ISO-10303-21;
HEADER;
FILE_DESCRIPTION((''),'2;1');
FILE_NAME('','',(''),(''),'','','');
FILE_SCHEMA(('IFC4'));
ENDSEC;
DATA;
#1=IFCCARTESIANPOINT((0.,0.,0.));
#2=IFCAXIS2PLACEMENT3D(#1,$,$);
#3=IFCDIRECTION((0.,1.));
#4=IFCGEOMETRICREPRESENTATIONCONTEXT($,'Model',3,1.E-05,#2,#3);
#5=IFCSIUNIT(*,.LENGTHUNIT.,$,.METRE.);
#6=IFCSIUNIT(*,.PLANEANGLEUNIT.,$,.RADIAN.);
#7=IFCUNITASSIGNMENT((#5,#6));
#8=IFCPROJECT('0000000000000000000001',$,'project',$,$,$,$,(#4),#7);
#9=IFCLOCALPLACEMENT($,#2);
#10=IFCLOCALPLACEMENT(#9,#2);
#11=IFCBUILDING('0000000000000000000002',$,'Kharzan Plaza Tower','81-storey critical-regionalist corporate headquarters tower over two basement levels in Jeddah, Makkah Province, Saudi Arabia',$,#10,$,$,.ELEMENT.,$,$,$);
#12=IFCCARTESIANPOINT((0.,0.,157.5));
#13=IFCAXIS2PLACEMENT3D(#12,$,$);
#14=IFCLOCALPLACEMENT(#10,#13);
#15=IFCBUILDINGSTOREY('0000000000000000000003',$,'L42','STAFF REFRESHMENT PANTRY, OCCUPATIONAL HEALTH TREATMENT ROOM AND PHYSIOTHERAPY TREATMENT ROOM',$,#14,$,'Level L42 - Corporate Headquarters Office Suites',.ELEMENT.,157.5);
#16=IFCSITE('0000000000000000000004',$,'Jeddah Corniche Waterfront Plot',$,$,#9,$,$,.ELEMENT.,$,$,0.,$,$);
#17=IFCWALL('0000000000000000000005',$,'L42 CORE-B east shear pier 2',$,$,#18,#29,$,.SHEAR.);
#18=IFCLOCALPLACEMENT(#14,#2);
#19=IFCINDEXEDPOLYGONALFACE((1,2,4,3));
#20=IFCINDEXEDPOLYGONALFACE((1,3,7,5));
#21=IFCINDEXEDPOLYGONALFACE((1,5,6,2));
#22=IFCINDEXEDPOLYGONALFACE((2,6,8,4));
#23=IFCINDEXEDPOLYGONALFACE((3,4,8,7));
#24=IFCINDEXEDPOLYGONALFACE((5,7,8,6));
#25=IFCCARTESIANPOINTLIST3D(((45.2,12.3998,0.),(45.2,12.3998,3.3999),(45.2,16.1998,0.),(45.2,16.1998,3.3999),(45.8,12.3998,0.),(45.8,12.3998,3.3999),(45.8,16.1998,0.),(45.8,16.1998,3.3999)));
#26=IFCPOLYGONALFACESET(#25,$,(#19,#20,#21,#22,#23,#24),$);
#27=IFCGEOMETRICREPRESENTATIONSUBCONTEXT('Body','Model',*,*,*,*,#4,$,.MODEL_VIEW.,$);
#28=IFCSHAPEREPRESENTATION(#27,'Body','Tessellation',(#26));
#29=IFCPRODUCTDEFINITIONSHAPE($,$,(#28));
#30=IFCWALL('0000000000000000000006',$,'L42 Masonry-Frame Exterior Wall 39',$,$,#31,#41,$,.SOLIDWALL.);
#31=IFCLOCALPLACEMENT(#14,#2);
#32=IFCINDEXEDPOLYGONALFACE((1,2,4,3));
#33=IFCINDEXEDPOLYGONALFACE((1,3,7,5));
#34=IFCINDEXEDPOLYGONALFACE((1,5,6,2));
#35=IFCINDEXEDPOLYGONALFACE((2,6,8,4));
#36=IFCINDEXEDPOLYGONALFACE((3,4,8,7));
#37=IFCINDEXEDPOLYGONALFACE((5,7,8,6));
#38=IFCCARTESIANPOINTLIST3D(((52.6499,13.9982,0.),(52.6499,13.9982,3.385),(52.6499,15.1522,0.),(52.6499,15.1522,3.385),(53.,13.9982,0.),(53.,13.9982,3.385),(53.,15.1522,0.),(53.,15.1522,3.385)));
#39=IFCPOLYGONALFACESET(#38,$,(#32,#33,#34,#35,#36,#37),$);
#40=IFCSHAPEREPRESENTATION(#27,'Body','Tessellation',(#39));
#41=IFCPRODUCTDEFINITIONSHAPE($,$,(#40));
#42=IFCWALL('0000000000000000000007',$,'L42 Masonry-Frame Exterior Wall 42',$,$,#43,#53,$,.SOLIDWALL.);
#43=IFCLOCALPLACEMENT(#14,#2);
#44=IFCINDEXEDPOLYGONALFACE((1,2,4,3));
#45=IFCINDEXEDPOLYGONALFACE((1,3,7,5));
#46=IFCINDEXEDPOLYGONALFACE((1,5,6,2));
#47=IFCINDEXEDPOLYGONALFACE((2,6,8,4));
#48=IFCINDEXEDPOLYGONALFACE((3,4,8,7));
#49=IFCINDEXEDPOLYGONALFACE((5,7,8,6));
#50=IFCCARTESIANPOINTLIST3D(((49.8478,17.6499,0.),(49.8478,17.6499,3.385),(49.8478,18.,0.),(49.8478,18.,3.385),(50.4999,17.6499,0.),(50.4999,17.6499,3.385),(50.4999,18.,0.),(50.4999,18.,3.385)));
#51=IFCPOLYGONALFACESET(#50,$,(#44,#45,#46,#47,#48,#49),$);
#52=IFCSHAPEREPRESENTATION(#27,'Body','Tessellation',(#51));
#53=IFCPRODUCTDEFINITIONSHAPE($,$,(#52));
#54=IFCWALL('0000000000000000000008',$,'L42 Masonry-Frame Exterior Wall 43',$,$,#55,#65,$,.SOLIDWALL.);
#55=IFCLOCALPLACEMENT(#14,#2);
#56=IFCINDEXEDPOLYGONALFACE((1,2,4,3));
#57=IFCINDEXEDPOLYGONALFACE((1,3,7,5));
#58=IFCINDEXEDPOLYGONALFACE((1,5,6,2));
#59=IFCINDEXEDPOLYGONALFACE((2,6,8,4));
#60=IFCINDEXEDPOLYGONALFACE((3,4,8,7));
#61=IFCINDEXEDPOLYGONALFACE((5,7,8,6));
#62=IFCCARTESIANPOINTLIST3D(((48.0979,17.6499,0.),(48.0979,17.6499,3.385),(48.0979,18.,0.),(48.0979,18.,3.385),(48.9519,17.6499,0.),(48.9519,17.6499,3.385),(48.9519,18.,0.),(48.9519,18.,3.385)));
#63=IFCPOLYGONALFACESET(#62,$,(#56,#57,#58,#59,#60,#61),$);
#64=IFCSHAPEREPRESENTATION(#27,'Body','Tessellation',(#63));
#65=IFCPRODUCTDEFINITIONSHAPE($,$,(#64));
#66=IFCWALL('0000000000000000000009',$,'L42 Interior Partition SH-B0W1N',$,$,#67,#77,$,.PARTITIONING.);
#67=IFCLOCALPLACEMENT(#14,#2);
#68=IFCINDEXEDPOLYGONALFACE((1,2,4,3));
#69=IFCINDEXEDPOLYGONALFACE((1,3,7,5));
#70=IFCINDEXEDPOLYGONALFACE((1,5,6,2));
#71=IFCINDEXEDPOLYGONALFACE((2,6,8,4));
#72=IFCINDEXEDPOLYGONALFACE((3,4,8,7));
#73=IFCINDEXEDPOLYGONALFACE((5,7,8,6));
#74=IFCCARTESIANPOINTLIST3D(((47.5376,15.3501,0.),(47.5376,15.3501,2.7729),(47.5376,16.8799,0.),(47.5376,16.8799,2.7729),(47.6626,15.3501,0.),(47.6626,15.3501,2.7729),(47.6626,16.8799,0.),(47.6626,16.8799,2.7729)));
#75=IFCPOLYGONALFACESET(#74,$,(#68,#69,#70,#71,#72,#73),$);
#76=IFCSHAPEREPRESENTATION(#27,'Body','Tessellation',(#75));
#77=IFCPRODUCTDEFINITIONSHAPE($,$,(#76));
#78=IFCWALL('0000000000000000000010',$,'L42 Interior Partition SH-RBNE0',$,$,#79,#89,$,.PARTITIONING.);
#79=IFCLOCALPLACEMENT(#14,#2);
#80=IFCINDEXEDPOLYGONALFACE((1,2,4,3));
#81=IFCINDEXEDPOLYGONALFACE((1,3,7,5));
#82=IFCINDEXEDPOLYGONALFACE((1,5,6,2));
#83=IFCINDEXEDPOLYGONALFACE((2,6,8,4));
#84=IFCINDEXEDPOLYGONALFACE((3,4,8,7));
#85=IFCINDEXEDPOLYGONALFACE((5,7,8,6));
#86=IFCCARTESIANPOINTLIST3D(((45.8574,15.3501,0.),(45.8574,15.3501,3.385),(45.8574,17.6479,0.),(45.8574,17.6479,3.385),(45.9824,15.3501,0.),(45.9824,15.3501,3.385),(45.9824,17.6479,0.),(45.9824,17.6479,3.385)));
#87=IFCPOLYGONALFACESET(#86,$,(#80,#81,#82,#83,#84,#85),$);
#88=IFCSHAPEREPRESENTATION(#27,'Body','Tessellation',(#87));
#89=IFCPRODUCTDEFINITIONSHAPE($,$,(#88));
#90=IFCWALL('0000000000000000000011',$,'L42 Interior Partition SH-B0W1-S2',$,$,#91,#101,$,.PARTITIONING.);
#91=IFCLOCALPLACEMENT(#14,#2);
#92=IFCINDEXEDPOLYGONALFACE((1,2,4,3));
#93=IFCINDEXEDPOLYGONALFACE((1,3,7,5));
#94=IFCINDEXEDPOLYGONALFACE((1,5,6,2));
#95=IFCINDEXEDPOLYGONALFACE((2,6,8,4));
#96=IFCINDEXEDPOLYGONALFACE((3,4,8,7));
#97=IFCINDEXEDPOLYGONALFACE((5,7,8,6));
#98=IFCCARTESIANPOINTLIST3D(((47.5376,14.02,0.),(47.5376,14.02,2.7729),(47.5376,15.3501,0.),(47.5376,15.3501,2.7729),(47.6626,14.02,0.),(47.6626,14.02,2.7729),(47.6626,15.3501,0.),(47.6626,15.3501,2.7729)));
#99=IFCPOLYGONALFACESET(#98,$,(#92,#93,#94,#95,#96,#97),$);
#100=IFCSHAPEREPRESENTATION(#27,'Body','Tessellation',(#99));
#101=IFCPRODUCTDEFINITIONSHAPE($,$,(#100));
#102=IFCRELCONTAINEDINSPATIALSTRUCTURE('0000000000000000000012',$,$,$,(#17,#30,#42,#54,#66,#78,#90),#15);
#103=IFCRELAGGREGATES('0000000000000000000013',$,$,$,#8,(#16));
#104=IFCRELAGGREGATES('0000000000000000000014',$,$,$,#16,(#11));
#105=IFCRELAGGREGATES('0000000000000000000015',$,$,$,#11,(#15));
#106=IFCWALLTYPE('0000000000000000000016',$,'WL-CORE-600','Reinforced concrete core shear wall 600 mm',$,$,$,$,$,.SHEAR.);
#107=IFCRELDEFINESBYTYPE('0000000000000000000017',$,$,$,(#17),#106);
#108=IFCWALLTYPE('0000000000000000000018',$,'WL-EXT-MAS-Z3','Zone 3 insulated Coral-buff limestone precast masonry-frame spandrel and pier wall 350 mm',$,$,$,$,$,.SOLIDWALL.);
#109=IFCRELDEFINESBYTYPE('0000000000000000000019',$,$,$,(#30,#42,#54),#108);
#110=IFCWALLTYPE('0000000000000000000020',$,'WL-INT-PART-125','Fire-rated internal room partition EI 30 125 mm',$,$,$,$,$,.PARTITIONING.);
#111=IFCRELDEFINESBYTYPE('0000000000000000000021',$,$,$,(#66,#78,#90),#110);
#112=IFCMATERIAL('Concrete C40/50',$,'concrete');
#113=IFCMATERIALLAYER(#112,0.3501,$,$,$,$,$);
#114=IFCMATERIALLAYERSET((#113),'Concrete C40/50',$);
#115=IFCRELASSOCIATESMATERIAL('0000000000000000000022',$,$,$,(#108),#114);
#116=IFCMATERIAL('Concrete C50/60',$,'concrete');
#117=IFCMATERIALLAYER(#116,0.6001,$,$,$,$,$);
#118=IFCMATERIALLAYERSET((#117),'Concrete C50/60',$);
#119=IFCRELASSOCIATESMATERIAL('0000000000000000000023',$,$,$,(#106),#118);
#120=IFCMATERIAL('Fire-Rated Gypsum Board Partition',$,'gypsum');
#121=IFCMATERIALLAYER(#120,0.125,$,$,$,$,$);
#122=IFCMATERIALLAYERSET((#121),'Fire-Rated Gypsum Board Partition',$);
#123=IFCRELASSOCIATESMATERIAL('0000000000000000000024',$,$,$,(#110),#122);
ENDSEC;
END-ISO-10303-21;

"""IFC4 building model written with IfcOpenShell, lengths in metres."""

from ifc_helpers import new_model, si_unit, direction, frame, frame_2d, origin, place, context, subcontext, project, spatial, rectangle, extrude, source, transform, mapped, material, layer, layer_set, type_object, element, save


model = new_model("IFC4")

# Units and contexts
model_context = context("Model", 3, precision=1e-05, world=origin(), true_north=direction((0.0, 1.0)))
body_context = subcontext(model_context, "Body", "Model", "MODEL_VIEW")
ifc_project = project(units=[si_unit("LENGTHUNIT", "METRE"), si_unit("PLANEANGLEUNIT", "RADIAN")], contexts=[model_context])

# Site, building, storey
site_placement = place(None, origin())
site = spatial("IfcSite", under=ifc_project, at=site_placement, Name="Jeddah Corniche Waterfront Plot", CompositionType="ELEMENT", RefElevation=0.0)
building_placement = place(site_placement, origin())
building = spatial("IfcBuilding", under=site, at=building_placement, Name="Kharzan Plaza Tower", Description="81-storey critical-regionalist corporate headquarters tower over two basement levels in Jeddah, Makkah Province, Saudi Arabia", CompositionType="ELEMENT")
storey_placement = place(building_placement, frame((0.0, 0.0, 157.5)))
storey = spatial("IfcBuildingStorey", under=building, at=storey_placement, Name="L42", Description="STAFF REFRESHMENT PANTRY, OCCUPATIONAL HEALTH TREATMENT ROOM AND PHYSIOTHERAPY TREATMENT ROOM", LongName="Level L42 - Corporate Headquarters Office Suites", CompositionType="ELEMENT", Elevation=157.5)

# Shared definitions
ifc_material_1 = material(Name="Concrete C50/60", Category="concrete")

# Shared definitions
ifc_material_2 = material(Name="Concrete C40/50", Category="concrete")
ifc_layer_1 = layer(ifc_material_2, 0.3501)
ifc_layer_set_1 = layer_set([ifc_layer_1], Name="Concrete C40/50")
wall_type_1 = type_object("IfcWallType", Name="WL-EXT-MAS-Z3", Description="Zone 3 insulated Coral-buff limestone precast masonry-frame spandrel and pier wall 350 mm", PredefinedType="SOLIDWALL", material=ifc_layer_set_1)

# Walls
ifc_layer_2 = layer(ifc_material_1, 0.6001)
ifc_layer_set_2 = layer_set([ifc_layer_2], Name="Concrete C50/60")
wall_type_2 = type_object("IfcWallType", Name="WL-CORE-600", Description="Reinforced concrete core shear wall 600 mm", PredefinedType="SHEAR", material=ifc_layer_set_2)
shared_shape_1 = source(origin(), body_context, "Body", "SweptSolid", [
    extrude(rectangle(XDim=3.8, YDim=0.6001, at=frame_2d((1.8999, 0.0))), origin(), (0.0, 0.0, 1.0), 3.3999),
])
wall_1_placement = place(storey_placement, frame((45.5, 12.3999, 0.0), z_axis=(0.0, 0.0, 1.0), x_axis=(0.0, 1.0, 0.0)))
element("IfcWall", 1, at=wall_1_placement, inside=storey, type_object=wall_type_2, Name="L42 CORE-B east shear pier 2", PredefinedType="SHEAR", context=body_context, shape_type="MappedRepresentation", body=[
    mapped(shared_shape_1, transform((0.0, 0.0, 0.0), x_axis=(1.0, 0.0, 0.0), y_axis=(0.0, 1.0, 0.0), z_axis=(0.0, 0.0, 1.0))),
])
shared_shape_2 = source(origin(), body_context, "Body", "SweptSolid", [
    extrude(rectangle(XDim=1.1541, YDim=0.3501, at=frame_2d((0.5771, 0.0))), origin(), (0.0, 0.0, 1.0), 3.385),
])
wall_2_placement = place(storey_placement, frame((52.825, 13.998, 0.0), z_axis=(0.0, 0.0, 1.0), x_axis=(0.0, 1.0, 0.0)))
element("IfcWall", 2, at=wall_2_placement, inside=storey, type_object=wall_type_1, Name="L42 Masonry-Frame Exterior Wall 39", PredefinedType="SOLIDWALL", context=body_context, shape_type="MappedRepresentation", body=[
    mapped(shared_shape_2, transform((0.0, 0.0, 0.0), x_axis=(1.0, 0.0, 0.0), y_axis=(0.0, 1.0, 0.0), z_axis=(0.0, 0.0, 1.0))),
])
shared_shape_3 = source(origin(), body_context, "Body", "SweptSolid", [
    extrude(rectangle(XDim=0.6521, YDim=0.3501, at=frame_2d((0.3262, 0.0))), origin(), (0.0, 0.0, 1.0), 3.385),
])
wall_3_placement = place(storey_placement, frame((50.5, 17.825, 0.0), z_axis=(0.0, 0.0, 1.0), x_axis=(-1.0, 0.0, 0.0)))
element("IfcWall", 3, at=wall_3_placement, inside=storey, type_object=wall_type_1, Name="L42 Masonry-Frame Exterior Wall 42", PredefinedType="SOLIDWALL", context=body_context, shape_type="MappedRepresentation", body=[
    mapped(shared_shape_3, transform((0.0, 0.0, 0.0), x_axis=(1.0, 0.0, 0.0), y_axis=(0.0, 1.0, 0.0), z_axis=(0.0, 0.0, 1.0))),
])
shared_shape_4 = source(origin(), body_context, "Body", "SweptSolid", [
    extrude(rectangle(XDim=0.854, YDim=0.3501, at=frame_2d((0.427, 0.0))), origin(), (0.0, 0.0, 1.0), 3.385),
])
wall_4_placement = place(storey_placement, frame((48.9519, 17.825, 0.0), z_axis=(0.0, 0.0, 1.0), x_axis=(-1.0, 0.0, 0.0)))
element("IfcWall", 4, at=wall_4_placement, inside=storey, type_object=wall_type_1, Name="L42 Masonry-Frame Exterior Wall 43", PredefinedType="SOLIDWALL", context=body_context, shape_type="MappedRepresentation", body=[
    mapped(shared_shape_4, transform((0.0, 0.0, 0.0), x_axis=(1.0, 0.0, 0.0), y_axis=(0.0, 1.0, 0.0), z_axis=(0.0, 0.0, 1.0))),
])
ifc_material_3 = material(Name="Fire-Rated Gypsum Board Partition", Category="gypsum")
ifc_layer_3 = layer(ifc_material_3, 0.125)
ifc_layer_set_3 = layer_set([ifc_layer_3], Name="Fire-Rated Gypsum Board Partition")
wall_type_3 = type_object("IfcWallType", Name="WL-INT-PART-125", Description="Fire-rated internal room partition EI 30 125 mm", PredefinedType="PARTITIONING", material=ifc_layer_set_3)
shared_shape_5 = source(origin(), body_context, "Body", "SweptSolid", [
    extrude(rectangle(XDim=1.5298, YDim=0.125, at=frame_2d((0.7649, 0.0))), origin(), (0.0, 0.0, 1.0), 2.7729),
])
wall_5_placement = place(storey_placement, frame((47.6001, 15.3501, 0.0), z_axis=(0.0, 0.0, 1.0), x_axis=(0.0, 1.0, 0.0)))
element("IfcWall", 5, at=wall_5_placement, inside=storey, type_object=wall_type_3, Name="L42 Interior Partition SH-B0W1N", PredefinedType="PARTITIONING", context=body_context, shape_type="MappedRepresentation", body=[
    mapped(shared_shape_5, transform((0.0, 0.0, 0.0), x_axis=(1.0, 0.0, 0.0), y_axis=(0.0, 1.0, 0.0), z_axis=(0.0, 0.0, 1.0))),
])
shared_shape_6 = source(origin(), body_context, "Body", "SweptSolid", [
    extrude(rectangle(XDim=2.2979, YDim=0.125, at=frame_2d((1.1489, 0.0))), origin(), (0.0, 0.0, 1.0), 3.385),
])
wall_6_placement = place(storey_placement, frame((45.9199, 15.3501, 0.0), z_axis=(0.0, 0.0, 1.0), x_axis=(0.0, 1.0, 0.0)))
element("IfcWall", 6, at=wall_6_placement, inside=storey, type_object=wall_type_3, Name="L42 Interior Partition SH-RBNE0", PredefinedType="PARTITIONING", context=body_context, shape_type="MappedRepresentation", body=[
    mapped(shared_shape_6, transform((0.0, 0.0, 0.0), x_axis=(1.0, 0.0, 0.0), y_axis=(0.0, 1.0, 0.0), z_axis=(0.0, 0.0, 1.0))),
])
shared_shape_7 = source(origin(), body_context, "Body", "SweptSolid", [
    extrude(rectangle(XDim=1.3301, YDim=0.125, at=frame_2d((0.665, 0.0))), origin(), (0.0, 0.0, 1.0), 2.7729),
])
wall_7_placement = place(storey_placement, frame((47.6001, 14.02, 0.0), z_axis=(0.0, 0.0, 1.0), x_axis=(0.0, 1.0, 0.0)))
element("IfcWall", 7, at=wall_7_placement, inside=storey, type_object=wall_type_3, Name="L42 Interior Partition SH-B0W1-S2", PredefinedType="PARTITIONING", context=body_context, shape_type="MappedRepresentation", body=[
    mapped(shared_shape_7, transform((0.0, 0.0, 0.0), x_axis=(1.0, 0.0, 0.0), y_axis=(0.0, 1.0, 0.0), z_axis=(0.0, 0.0, 1.0))),
])

save(model, "model.ifc")
